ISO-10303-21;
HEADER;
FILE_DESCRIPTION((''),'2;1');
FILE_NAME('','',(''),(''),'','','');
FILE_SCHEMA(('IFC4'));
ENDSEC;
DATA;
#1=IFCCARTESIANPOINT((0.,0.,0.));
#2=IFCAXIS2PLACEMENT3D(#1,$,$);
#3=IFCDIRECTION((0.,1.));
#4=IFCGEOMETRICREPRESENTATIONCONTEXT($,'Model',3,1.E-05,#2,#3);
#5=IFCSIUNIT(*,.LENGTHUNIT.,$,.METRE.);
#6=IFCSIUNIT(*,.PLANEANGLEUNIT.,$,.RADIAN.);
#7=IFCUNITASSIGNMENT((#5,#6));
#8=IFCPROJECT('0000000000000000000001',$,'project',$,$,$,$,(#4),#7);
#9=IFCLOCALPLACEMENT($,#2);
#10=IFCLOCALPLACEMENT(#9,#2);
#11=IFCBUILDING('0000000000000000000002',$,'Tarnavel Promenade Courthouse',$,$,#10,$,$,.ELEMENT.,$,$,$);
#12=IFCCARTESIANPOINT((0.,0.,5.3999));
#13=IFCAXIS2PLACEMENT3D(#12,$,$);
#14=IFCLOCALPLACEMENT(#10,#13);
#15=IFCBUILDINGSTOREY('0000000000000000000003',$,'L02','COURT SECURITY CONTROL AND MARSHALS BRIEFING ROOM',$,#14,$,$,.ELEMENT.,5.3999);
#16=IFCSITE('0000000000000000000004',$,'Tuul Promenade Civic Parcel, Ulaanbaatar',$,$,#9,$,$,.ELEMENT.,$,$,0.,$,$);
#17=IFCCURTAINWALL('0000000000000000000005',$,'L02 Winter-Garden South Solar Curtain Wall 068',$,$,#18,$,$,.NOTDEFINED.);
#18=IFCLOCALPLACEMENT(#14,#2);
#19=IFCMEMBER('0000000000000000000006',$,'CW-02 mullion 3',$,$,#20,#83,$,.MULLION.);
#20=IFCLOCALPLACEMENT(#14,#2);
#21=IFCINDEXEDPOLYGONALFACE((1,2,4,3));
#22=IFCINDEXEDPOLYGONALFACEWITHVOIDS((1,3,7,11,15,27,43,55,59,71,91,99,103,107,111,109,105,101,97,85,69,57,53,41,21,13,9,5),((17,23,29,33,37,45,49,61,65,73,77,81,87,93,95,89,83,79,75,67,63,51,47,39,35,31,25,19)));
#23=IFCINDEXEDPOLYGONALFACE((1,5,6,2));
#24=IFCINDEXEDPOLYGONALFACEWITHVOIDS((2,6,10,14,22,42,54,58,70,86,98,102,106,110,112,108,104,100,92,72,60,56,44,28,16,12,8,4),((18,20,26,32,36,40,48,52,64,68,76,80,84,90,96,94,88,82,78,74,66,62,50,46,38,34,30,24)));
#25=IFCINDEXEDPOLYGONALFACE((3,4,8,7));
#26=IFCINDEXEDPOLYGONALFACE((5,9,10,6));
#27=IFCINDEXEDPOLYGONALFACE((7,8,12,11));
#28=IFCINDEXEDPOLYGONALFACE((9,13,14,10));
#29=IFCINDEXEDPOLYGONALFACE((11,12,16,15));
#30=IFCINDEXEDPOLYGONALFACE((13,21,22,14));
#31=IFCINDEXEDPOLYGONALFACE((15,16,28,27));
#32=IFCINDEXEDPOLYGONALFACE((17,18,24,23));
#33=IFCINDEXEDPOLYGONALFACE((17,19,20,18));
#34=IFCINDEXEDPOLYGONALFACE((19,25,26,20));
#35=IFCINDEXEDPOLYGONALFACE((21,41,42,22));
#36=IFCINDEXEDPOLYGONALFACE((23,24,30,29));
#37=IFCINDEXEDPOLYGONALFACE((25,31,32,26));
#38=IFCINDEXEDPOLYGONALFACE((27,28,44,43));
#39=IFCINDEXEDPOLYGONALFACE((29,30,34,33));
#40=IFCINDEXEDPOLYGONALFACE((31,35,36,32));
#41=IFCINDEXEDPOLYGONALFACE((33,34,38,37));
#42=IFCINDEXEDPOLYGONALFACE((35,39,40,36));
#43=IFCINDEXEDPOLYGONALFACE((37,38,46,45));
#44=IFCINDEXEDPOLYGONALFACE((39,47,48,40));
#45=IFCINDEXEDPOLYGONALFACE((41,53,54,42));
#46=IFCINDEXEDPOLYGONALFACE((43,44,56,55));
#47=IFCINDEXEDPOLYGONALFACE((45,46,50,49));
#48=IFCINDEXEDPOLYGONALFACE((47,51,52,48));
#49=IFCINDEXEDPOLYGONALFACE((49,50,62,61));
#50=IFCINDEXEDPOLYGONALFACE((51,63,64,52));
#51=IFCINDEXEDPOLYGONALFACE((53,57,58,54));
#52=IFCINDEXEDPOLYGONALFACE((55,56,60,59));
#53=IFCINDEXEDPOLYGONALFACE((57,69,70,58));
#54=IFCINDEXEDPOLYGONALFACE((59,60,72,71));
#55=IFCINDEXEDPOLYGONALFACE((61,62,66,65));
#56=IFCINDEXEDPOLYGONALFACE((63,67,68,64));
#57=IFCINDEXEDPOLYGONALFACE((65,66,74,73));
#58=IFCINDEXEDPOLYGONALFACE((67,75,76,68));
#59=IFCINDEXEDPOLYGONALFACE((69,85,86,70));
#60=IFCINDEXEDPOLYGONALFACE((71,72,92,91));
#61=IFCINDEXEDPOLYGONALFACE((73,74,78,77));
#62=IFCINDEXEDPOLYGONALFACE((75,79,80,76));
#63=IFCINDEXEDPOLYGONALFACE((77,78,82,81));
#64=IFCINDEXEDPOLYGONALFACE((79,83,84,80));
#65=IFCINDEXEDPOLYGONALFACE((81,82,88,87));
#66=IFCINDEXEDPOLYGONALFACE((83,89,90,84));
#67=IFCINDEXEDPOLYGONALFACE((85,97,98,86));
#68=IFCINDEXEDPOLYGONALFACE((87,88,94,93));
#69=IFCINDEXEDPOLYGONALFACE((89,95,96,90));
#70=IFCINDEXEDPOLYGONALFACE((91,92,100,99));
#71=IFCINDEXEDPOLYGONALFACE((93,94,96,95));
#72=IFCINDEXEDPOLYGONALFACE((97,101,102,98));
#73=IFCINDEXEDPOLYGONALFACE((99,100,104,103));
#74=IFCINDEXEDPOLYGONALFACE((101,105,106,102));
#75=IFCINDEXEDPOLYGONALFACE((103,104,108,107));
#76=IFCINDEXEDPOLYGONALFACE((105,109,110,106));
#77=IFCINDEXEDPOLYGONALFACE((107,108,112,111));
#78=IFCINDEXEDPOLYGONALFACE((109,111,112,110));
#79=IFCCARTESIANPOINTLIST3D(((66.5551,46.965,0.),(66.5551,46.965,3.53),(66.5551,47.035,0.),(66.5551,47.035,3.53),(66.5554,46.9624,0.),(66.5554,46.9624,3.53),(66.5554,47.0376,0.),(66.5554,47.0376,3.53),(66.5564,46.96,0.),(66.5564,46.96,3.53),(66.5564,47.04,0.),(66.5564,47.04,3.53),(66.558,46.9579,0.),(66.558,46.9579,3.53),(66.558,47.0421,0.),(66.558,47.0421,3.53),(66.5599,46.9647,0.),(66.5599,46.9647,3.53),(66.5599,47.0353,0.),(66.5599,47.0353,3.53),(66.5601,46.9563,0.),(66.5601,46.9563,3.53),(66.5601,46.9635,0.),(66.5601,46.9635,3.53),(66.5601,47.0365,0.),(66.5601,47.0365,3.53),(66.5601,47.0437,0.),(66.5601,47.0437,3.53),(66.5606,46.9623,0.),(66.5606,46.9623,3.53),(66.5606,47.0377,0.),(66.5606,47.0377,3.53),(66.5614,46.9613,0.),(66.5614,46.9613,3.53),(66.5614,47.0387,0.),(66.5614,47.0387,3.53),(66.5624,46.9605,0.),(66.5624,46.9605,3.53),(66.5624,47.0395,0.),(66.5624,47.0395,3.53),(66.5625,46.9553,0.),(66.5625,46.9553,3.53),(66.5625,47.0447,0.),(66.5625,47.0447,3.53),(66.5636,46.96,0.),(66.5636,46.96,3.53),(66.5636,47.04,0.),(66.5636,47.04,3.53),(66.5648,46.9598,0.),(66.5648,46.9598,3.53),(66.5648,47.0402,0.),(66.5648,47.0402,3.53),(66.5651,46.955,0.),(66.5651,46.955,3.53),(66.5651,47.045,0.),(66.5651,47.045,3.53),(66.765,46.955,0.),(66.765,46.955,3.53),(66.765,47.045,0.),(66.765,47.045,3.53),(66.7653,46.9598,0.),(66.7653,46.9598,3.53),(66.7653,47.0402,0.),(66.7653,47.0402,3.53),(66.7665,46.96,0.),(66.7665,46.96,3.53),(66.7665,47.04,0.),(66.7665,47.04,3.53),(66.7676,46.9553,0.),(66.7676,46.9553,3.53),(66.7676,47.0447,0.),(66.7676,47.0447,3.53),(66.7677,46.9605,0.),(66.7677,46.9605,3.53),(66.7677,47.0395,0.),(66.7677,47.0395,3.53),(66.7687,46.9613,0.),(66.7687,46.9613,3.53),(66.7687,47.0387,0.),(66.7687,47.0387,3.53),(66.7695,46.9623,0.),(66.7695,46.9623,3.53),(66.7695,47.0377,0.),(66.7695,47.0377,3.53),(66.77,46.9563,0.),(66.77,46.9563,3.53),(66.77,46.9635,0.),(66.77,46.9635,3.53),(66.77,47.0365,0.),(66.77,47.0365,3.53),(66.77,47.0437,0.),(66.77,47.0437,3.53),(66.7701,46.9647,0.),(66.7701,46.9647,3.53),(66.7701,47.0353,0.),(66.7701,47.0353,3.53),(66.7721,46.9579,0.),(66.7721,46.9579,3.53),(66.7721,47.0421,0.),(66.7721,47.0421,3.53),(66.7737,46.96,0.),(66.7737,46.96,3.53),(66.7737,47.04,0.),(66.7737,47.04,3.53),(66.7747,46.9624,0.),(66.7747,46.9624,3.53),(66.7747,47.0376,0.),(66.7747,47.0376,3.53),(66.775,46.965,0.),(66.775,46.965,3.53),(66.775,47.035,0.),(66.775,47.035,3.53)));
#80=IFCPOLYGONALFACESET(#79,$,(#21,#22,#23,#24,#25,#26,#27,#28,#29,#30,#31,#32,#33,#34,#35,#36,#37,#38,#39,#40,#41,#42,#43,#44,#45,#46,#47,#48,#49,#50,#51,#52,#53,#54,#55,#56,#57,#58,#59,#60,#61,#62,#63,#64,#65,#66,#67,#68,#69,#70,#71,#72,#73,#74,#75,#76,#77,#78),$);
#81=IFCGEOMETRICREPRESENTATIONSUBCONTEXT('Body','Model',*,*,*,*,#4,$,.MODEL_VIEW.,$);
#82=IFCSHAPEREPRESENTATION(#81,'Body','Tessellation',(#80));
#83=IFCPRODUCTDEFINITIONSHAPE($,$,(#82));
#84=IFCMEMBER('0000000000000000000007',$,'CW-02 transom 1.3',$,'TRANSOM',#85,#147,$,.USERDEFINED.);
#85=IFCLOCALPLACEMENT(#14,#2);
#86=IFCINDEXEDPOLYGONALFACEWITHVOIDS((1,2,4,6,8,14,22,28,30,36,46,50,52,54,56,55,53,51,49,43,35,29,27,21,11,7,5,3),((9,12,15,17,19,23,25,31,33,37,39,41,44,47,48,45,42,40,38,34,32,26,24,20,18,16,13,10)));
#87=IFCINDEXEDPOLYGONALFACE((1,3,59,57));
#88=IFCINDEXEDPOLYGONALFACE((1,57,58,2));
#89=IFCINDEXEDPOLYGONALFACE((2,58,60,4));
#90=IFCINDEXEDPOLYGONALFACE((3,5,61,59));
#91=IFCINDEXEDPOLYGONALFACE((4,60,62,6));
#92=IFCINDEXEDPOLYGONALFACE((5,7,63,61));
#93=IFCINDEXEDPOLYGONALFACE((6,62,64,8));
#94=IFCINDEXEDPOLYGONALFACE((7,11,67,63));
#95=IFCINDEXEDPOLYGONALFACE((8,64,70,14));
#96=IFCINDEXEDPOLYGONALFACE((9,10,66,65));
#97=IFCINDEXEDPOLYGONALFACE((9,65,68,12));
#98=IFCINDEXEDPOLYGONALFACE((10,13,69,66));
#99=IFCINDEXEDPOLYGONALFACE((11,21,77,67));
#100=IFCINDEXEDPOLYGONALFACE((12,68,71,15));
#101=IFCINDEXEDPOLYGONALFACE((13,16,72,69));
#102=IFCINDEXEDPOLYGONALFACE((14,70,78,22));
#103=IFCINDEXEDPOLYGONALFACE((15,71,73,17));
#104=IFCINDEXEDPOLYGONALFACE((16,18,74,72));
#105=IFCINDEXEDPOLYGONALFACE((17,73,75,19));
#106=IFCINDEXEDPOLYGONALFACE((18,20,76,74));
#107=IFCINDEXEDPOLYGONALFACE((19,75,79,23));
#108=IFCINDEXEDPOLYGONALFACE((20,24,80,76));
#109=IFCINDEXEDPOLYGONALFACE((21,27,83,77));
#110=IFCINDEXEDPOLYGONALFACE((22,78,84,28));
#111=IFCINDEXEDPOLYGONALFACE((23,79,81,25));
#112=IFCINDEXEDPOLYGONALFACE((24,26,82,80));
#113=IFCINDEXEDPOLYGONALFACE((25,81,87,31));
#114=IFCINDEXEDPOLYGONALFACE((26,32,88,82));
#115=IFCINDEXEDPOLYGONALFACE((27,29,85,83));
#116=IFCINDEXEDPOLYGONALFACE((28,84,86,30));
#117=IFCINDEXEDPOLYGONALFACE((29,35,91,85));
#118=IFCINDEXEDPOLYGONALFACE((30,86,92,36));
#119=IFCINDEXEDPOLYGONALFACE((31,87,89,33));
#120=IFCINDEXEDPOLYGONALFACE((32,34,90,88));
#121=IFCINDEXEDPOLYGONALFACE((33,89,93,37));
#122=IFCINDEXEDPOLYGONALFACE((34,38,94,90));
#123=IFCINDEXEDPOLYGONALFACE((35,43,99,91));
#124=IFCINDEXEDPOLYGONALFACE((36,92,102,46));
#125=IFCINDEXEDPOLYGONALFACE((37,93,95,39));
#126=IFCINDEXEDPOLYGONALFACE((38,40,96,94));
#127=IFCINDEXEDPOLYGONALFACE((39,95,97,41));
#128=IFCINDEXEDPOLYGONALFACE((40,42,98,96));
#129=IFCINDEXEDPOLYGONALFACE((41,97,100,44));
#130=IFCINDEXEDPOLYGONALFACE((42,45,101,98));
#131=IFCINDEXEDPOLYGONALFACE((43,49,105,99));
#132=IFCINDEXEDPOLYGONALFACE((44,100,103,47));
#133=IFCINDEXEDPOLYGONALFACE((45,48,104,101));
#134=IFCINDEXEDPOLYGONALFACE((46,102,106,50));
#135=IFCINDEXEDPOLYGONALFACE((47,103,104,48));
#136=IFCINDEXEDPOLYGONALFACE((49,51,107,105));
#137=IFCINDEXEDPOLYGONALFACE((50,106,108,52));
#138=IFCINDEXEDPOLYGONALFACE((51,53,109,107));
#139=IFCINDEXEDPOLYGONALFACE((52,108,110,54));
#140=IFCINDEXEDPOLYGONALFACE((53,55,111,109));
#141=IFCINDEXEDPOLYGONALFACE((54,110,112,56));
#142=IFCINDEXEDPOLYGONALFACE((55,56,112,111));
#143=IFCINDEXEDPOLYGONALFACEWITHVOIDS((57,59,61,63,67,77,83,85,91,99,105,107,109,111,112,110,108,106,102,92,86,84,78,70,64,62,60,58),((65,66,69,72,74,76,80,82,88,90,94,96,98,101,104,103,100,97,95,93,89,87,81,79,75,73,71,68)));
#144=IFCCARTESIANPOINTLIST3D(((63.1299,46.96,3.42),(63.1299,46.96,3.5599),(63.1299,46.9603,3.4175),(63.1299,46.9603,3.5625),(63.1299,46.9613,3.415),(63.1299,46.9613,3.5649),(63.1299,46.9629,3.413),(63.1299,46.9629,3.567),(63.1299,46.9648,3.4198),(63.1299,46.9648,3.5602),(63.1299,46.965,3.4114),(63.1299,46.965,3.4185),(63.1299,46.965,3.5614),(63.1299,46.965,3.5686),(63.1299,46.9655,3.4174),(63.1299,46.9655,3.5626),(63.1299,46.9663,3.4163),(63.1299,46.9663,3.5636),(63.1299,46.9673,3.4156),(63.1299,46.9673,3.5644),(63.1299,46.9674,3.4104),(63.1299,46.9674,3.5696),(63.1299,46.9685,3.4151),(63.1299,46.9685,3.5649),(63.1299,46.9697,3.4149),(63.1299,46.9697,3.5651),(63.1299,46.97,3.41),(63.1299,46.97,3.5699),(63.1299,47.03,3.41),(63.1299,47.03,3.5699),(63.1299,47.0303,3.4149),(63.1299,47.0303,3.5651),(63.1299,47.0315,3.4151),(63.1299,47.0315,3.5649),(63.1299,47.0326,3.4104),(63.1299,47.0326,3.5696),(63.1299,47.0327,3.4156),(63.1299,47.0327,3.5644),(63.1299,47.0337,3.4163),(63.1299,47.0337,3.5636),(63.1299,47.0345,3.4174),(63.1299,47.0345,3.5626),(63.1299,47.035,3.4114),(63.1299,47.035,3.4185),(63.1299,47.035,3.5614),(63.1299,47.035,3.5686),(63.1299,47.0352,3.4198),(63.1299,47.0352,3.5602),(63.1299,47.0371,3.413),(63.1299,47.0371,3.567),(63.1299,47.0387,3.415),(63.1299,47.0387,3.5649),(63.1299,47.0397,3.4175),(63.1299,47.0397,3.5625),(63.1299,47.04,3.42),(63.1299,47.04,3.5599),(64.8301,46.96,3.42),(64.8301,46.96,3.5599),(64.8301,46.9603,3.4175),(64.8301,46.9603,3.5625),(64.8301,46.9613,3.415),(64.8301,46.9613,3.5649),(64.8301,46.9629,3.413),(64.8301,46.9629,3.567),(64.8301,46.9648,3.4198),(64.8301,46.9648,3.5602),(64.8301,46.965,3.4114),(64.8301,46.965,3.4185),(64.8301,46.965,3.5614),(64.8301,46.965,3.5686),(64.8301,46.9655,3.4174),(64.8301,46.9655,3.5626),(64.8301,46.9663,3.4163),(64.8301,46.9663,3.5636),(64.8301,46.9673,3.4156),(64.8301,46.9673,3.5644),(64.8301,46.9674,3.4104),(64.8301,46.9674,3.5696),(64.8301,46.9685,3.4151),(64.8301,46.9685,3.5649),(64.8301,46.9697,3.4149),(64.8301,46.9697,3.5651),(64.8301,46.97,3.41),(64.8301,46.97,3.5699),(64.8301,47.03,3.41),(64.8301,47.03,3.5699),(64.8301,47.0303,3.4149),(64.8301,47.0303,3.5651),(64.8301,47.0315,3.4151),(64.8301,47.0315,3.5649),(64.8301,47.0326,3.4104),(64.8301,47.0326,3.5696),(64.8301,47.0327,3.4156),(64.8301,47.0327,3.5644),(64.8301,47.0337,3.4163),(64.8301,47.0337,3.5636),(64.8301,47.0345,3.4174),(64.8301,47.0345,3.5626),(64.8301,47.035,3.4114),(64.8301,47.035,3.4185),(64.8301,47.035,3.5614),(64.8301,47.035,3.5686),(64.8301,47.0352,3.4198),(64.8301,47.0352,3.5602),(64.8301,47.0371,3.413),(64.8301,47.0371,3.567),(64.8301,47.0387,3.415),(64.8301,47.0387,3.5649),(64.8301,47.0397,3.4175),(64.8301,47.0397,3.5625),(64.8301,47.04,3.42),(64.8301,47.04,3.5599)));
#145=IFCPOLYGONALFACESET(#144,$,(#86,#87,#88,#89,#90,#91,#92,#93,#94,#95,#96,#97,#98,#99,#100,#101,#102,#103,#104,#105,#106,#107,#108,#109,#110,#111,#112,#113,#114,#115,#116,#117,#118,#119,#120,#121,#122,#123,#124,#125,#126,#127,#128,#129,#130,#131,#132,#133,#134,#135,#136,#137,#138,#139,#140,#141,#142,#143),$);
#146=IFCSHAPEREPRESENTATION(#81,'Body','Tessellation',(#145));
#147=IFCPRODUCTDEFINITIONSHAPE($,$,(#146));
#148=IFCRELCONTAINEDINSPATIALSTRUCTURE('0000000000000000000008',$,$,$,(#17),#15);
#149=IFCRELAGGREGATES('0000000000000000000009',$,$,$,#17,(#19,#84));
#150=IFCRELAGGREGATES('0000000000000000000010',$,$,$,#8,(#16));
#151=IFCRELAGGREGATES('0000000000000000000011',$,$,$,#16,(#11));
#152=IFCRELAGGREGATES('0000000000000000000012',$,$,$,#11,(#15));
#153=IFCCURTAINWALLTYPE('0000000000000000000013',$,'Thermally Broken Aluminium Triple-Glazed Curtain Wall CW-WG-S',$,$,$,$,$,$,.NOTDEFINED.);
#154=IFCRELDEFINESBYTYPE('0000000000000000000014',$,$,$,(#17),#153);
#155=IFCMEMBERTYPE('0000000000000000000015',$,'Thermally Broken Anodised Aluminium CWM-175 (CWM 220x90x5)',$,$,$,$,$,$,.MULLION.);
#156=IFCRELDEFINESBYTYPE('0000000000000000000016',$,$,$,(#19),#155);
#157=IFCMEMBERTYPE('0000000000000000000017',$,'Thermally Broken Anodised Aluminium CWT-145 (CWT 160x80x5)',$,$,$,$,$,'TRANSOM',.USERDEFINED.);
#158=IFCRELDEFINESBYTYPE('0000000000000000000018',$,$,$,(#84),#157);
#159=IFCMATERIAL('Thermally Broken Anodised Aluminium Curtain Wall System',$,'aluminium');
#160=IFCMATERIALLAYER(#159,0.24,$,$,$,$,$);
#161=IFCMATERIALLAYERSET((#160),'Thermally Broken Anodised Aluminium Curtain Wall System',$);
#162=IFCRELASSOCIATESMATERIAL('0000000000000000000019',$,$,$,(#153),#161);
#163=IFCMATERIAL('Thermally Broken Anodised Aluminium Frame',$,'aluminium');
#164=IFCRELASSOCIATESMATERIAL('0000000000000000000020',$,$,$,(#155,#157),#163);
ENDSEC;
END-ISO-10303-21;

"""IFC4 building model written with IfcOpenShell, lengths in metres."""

from ifc_helpers import new_model, si_unit, direction, frame, origin, origin_2d, place, context, subcontext, project, spatial, hollow_rectangle, extrude, material, layer, layer_set, material_profile, profile_set, type_object, element, aggregate, save


model = new_model("IFC4")

# Units and contexts
model_context = context("Model", 3, precision=1e-05, world=origin(), true_north=direction((0.0, 1.0)))
body_context = subcontext(model_context, "Body", "Model", "MODEL_VIEW")
ifc_project = project(units=[si_unit("LENGTHUNIT", "METRE"), si_unit("PLANEANGLEUNIT", "RADIAN")], contexts=[model_context])

# Site, building, storey
site_placement = place(None, origin())
site = spatial("IfcSite", under=ifc_project, at=site_placement, Name="Tuul Promenade Civic Parcel, Ulaanbaatar", CompositionType="ELEMENT", RefElevation=0.0)
building_placement = place(site_placement, origin())
building = spatial("IfcBuilding", under=site, at=building_placement, Name="Tarnavel Promenade Courthouse", CompositionType="ELEMENT")
storey_placement = place(building_placement, frame((0.0, 0.0, 5.3999)))
storey = spatial("IfcBuildingStorey", under=building, at=storey_placement, Name="L02", Description="COURT SECURITY CONTROL AND MARSHALS BRIEFING ROOM", CompositionType="ELEMENT", Elevation=5.3999)

# Curtain wall, members
ifc_material_1 = material(Name="Thermally Broken Anodised Aluminium Curtain Wall System", Category="aluminium")
ifc_layer_1 = layer(ifc_material_1, 0.24)
ifc_layer_set_1 = layer_set([ifc_layer_1], Name="Thermally Broken Anodised Aluminium Curtain Wall System")
curtain_wall_type = type_object("IfcCurtainWallType", Name="Thermally Broken Aluminium Triple-Glazed Curtain Wall CW-WG-S", PredefinedType="NOTDEFINED", material=ifc_layer_set_1)
curtain_wall_placement = place(storey_placement, origin())
curtain_wall = element("IfcCurtainWall", 1, at=curtain_wall_placement, inside=storey, type_object=curtain_wall_type, Name="L02 Winter-Garden South Solar Curtain Wall 068", PredefinedType="NOTDEFINED")
ifc_material_2 = material(Name="Thermally Broken Anodised Aluminium Frame", Category="aluminium")
ifc_material_profile_1 = material_profile(ifc_material_2, hollow_rectangle(XDim=0.0901, YDim=0.22, WallThickness=0.0049, InnerFilletRadius=0.0049, OuterFilletRadius=0.01, at=origin_2d()), Name="CWM 220x90x5")
ifc_profile_set_1 = profile_set([ifc_material_profile_1], Name="Thermally Broken Anodised Aluminium Frame")
member_type_1 = type_object("IfcMemberType", Name="Thermally Broken Anodised Aluminium CWM-175 (CWM 220x90x5)", PredefinedType="MULLION", material=ifc_profile_set_1)
member_1_placement = place(storey_placement, frame((66.665, 47.0, 0.0), z_axis=(0.0, 0.0, 1.0), x_axis=(0.0, 1.0, 0.0)))
member_1 = element("IfcMember", 2, at=member_1_placement, type_object=member_type_1, Name="CW-02 mullion 3", PredefinedType="MULLION", context=body_context, shape_type="SweptSolid", body=[
    extrude(hollow_rectangle(XDim=0.0901, YDim=0.22, WallThickness=0.0049, InnerFilletRadius=0.0049, OuterFilletRadius=0.01, at=origin_2d()), origin(), (0.0, 0.0, 1.0), 3.53),
])
ifc_material_profile_2 = material_profile(ifc_material_2, hollow_rectangle(XDim=0.0801, YDim=0.1599, WallThickness=0.0049, InnerFilletRadius=0.0049, OuterFilletRadius=0.01, at=origin_2d()), Name="CWT 160x80x5")
ifc_profile_set_2 = profile_set([ifc_material_profile_2], Name="Thermally Broken Anodised Aluminium Frame")
member_type_2 = type_object("IfcMemberType", Name="Thermally Broken Anodised Aluminium CWT-145 (CWT 160x80x5)", ElementType="TRANSOM", PredefinedType="USERDEFINED", material=ifc_profile_set_2)
member_2_placement = place(storey_placement, frame((63.1299, 47.0, 3.49), z_axis=(1.0, 0.0, 0.0), x_axis=(0.0, 1.0, 0.0)))
member_2 = element("IfcMember", 3, at=member_2_placement, type_object=member_type_2, Name="CW-02 transom 1.3", ObjectType="TRANSOM", PredefinedType="USERDEFINED", context=body_context, shape_type="SweptSolid", body=[
    extrude(hollow_rectangle(XDim=0.0801, YDim=0.1599, WallThickness=0.0049, InnerFilletRadius=0.0049, OuterFilletRadius=0.01, at=origin_2d()), origin(), (0.0, 0.0, 1.0), 1.7002),
])
aggregate(curtain_wall, [member_1, member_2])

save(model, "model.ifc")
